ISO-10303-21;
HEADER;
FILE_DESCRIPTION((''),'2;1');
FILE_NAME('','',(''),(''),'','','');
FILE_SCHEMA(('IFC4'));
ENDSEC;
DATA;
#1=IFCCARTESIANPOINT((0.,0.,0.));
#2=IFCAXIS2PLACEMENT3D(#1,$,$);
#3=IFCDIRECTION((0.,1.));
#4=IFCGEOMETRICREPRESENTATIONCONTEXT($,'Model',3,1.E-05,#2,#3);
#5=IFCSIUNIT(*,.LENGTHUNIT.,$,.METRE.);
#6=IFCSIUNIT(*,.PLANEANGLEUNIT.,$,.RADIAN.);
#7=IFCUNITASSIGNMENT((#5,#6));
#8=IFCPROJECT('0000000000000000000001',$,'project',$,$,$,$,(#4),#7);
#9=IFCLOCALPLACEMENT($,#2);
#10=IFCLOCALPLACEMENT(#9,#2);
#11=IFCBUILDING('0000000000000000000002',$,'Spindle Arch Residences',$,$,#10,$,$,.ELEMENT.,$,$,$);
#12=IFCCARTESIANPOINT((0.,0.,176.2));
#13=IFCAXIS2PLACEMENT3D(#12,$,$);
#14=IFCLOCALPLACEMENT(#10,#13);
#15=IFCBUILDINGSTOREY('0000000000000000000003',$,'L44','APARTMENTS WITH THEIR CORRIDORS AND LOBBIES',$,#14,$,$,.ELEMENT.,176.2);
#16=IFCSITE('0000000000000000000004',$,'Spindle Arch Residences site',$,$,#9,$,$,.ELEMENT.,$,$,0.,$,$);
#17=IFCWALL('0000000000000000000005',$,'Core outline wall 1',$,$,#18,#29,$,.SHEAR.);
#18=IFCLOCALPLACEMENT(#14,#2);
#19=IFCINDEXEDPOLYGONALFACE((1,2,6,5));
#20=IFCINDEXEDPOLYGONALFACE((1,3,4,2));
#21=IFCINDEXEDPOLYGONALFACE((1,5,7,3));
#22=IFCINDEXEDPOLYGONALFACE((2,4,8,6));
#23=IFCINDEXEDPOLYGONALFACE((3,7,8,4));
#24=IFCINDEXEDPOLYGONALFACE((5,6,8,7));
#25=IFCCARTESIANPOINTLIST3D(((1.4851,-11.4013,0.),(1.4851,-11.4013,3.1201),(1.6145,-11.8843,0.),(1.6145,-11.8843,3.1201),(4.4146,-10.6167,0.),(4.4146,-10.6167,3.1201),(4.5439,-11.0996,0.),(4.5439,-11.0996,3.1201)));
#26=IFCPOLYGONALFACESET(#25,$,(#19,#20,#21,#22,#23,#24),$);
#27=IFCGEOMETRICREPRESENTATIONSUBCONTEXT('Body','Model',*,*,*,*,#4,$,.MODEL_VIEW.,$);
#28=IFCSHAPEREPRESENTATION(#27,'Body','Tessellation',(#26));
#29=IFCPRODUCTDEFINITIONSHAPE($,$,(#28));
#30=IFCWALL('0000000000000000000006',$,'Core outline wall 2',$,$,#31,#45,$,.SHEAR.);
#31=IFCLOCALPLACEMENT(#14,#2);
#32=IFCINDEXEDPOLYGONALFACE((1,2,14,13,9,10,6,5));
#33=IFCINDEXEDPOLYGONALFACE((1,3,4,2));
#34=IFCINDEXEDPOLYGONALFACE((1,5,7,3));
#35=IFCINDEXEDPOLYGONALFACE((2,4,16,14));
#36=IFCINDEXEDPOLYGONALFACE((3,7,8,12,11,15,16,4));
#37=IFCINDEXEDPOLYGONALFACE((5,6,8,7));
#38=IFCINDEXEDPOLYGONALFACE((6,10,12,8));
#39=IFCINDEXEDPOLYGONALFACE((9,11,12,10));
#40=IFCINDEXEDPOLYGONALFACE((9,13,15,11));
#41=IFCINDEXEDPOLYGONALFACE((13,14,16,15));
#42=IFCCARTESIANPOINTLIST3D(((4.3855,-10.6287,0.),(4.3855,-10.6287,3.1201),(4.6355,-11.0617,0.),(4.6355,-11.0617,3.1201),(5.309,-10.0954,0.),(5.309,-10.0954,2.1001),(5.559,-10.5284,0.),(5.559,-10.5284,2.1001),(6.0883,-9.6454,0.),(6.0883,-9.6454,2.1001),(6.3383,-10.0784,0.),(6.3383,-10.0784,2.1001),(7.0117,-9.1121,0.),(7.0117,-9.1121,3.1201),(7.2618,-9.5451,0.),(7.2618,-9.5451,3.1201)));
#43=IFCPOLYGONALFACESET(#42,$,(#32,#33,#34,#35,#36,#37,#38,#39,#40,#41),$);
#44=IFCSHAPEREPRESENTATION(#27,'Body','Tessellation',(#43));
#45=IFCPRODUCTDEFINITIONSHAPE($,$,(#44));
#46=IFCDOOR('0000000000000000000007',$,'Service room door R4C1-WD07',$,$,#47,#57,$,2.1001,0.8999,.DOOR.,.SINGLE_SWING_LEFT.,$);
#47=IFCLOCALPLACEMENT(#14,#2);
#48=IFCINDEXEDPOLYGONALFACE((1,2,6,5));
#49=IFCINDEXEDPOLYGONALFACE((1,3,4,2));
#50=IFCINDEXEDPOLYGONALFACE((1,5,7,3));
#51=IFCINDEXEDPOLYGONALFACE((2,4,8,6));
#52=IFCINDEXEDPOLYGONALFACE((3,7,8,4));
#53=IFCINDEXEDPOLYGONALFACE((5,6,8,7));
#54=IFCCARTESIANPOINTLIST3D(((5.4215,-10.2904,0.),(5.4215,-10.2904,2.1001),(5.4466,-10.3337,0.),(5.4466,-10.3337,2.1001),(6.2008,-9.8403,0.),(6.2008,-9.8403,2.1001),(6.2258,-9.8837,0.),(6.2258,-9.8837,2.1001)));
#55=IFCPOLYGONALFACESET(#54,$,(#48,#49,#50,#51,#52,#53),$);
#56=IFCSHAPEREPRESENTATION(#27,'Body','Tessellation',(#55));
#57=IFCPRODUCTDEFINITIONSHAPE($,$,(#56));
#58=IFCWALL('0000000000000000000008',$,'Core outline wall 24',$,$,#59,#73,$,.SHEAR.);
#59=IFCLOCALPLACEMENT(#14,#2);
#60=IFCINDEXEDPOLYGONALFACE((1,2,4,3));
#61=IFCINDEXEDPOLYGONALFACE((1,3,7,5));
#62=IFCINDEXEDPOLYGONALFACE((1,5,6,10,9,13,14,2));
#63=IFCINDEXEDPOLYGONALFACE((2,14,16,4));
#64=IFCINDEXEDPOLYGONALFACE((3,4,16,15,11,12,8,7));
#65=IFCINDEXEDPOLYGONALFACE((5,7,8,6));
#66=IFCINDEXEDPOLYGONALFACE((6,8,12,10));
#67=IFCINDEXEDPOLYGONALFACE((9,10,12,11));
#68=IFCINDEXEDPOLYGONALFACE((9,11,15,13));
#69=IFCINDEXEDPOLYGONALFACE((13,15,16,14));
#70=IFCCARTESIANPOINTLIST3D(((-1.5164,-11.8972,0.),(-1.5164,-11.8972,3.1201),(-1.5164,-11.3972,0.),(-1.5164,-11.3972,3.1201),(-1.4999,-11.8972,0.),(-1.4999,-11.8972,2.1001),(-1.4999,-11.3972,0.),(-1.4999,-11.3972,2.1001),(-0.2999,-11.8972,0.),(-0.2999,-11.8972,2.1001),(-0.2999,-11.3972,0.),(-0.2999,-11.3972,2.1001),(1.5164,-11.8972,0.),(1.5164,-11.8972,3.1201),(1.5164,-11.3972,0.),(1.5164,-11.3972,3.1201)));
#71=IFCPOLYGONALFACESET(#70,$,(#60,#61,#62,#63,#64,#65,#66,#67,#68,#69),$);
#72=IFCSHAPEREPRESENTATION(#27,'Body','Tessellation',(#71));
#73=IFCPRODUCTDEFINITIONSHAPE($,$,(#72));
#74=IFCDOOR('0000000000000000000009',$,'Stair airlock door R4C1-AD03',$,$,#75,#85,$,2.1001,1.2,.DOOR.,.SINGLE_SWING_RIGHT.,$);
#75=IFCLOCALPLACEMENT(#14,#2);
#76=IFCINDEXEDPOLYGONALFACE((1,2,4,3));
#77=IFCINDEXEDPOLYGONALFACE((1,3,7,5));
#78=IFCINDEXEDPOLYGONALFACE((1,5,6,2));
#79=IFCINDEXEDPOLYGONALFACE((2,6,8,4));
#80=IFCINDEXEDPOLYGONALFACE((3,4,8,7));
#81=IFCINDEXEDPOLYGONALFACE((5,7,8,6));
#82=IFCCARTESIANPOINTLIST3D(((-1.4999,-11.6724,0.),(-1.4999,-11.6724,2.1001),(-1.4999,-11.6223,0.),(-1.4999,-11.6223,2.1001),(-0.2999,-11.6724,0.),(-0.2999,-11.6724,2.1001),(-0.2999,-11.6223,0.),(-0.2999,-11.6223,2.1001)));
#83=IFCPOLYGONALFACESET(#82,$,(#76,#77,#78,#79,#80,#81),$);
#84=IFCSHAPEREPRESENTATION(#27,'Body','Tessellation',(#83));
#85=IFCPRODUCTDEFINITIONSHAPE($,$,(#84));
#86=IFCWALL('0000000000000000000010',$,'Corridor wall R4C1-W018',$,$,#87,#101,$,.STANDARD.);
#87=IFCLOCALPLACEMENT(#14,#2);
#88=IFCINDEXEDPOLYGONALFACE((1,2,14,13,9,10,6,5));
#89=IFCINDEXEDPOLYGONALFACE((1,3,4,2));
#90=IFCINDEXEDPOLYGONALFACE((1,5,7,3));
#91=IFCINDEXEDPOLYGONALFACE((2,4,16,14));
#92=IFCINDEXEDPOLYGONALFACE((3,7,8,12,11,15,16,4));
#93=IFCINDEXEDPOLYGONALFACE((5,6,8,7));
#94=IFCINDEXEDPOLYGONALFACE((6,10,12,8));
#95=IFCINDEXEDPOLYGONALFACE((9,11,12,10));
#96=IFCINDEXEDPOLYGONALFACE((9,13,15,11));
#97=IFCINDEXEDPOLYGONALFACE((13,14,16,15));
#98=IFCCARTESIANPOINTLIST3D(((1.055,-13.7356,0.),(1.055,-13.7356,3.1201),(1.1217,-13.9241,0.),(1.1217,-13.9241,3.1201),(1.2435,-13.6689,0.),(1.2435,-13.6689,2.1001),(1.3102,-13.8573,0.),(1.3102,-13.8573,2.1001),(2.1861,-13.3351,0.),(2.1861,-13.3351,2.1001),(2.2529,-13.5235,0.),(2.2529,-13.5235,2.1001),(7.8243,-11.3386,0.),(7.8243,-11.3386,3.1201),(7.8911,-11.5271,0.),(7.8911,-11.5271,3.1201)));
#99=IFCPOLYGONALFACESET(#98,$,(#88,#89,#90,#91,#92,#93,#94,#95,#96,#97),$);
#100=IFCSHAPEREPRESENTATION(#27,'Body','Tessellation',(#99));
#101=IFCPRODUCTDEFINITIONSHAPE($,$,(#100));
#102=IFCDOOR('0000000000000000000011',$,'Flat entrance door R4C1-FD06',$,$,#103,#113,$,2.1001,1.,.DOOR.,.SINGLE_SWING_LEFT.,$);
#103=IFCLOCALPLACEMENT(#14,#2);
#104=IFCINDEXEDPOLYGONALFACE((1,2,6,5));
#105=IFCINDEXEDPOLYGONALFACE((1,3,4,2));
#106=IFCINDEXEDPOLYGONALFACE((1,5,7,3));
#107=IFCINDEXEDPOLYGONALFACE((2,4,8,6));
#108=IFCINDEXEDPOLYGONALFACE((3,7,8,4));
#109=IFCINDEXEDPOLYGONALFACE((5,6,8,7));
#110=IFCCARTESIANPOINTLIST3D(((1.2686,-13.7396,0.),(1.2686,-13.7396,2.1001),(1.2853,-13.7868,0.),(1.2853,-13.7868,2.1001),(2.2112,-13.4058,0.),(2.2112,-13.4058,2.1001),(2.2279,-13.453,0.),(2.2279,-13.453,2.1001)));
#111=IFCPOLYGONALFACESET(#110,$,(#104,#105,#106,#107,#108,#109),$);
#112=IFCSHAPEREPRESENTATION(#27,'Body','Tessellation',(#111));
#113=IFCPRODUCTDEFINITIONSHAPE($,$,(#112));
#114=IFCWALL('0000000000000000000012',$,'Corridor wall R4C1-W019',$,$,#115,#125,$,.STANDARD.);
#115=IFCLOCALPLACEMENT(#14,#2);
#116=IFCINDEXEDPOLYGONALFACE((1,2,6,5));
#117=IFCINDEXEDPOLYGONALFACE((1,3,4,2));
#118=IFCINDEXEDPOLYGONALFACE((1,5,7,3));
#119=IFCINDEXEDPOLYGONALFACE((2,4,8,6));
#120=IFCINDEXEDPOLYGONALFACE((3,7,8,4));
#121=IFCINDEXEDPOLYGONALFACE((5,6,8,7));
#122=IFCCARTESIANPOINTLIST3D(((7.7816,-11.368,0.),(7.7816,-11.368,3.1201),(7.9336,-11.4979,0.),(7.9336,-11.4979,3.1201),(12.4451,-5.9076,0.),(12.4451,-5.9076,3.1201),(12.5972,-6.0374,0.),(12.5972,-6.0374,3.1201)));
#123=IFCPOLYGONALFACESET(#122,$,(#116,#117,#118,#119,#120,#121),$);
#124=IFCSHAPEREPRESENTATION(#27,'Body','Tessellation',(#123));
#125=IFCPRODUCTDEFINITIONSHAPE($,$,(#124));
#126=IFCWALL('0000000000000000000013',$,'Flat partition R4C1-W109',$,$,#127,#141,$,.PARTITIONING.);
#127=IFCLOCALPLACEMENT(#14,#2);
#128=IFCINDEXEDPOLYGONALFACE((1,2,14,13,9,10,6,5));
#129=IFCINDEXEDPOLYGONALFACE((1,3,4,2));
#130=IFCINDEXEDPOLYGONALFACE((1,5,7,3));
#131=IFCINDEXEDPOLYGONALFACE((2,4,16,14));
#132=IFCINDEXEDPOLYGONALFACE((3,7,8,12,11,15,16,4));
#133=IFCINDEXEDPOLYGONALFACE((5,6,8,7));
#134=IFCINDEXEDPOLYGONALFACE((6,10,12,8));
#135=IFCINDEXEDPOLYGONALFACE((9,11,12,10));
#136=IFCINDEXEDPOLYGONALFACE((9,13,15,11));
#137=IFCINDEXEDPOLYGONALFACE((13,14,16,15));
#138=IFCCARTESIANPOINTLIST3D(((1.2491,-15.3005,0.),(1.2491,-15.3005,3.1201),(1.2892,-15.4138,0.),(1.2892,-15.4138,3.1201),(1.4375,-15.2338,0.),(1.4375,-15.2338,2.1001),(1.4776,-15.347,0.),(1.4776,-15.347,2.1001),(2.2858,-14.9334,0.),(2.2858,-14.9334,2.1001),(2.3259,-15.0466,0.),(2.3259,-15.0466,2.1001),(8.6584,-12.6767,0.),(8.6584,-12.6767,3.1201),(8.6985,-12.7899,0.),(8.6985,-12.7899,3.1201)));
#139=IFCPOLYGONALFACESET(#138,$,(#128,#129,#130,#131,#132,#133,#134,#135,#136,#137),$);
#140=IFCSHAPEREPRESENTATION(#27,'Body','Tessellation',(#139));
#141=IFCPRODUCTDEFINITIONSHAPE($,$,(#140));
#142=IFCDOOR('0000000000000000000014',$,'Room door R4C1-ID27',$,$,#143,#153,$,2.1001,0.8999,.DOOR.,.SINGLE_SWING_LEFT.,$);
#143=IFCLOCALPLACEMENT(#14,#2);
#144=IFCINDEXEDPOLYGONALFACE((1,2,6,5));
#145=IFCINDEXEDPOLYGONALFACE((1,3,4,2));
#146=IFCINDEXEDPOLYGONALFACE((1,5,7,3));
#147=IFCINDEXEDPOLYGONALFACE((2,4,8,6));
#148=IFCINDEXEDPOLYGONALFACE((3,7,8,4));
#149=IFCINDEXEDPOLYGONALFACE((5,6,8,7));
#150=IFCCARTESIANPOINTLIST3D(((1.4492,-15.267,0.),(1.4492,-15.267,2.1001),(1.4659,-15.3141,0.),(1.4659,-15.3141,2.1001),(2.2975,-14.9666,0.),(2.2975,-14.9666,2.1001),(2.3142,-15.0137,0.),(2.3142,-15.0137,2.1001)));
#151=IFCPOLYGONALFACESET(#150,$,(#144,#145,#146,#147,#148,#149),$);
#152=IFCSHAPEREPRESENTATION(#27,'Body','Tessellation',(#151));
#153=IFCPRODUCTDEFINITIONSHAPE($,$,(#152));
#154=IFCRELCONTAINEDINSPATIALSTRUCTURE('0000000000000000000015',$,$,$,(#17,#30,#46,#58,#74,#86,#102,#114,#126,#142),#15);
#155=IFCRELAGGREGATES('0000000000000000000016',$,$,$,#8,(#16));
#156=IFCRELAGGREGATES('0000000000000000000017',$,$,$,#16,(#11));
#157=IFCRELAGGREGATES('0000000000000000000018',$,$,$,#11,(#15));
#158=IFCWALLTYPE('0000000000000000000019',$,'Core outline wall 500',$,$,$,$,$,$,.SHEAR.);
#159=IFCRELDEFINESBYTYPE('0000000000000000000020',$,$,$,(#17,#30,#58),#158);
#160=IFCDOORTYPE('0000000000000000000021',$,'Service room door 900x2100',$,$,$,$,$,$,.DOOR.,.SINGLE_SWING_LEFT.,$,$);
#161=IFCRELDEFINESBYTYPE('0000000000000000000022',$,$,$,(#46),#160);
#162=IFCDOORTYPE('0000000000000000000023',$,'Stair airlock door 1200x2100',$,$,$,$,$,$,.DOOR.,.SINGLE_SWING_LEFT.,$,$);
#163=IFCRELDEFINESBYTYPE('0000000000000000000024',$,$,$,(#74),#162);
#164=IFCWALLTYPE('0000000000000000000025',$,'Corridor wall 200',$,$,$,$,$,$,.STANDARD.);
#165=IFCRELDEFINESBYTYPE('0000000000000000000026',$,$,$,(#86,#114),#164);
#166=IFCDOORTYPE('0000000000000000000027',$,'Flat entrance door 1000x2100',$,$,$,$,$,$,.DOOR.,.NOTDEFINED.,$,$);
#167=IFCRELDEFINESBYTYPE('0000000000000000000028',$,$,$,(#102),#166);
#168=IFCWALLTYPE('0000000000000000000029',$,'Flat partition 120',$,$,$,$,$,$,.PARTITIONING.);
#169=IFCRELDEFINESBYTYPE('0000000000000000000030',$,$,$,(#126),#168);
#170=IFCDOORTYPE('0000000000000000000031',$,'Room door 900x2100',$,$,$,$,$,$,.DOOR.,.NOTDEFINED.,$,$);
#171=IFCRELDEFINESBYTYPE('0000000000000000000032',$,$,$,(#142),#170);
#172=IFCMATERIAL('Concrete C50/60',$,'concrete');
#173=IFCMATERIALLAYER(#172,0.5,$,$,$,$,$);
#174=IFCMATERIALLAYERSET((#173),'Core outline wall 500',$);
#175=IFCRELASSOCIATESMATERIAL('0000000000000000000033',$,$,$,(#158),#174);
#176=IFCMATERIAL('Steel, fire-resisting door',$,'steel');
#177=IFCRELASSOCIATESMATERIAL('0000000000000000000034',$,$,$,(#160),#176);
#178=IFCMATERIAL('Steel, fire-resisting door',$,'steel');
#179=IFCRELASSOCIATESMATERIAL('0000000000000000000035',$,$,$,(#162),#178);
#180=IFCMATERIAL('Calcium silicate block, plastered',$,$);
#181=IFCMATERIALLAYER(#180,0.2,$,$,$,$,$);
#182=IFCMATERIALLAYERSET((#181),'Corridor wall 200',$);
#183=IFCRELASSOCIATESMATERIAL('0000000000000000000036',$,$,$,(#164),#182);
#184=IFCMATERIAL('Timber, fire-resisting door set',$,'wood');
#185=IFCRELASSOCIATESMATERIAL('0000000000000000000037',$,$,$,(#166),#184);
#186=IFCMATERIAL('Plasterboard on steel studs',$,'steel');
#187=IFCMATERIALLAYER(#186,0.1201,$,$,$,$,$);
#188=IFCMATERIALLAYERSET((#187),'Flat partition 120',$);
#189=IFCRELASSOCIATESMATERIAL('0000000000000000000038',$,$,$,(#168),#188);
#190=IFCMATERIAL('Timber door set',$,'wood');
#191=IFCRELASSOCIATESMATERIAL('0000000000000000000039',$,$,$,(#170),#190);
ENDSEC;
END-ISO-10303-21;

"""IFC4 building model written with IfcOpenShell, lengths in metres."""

from ifc_helpers import new_model, si_unit, direction, frame, frame_2d, origin, place, context, subcontext, project, spatial, rectangle, extrude, material, layer, layer_set, type_object, element, fill, save


model = new_model("IFC4")

# Units and contexts
model_context = context("Model", 3, precision=1e-05, world=origin(), true_north=direction((0.0, 1.0)))
body_context = subcontext(model_context, "Body", "Model", "MODEL_VIEW")
ifc_project = project(units=[si_unit("LENGTHUNIT", "METRE"), si_unit("PLANEANGLEUNIT", "RADIAN")], contexts=[model_context])

# Site, building, storey
site_placement = place(None, origin())
site = spatial("IfcSite", under=ifc_project, at=site_placement, Name="Spindle Arch Residences site", CompositionType="ELEMENT", RefElevation=0.0)
building_placement = place(site_placement, origin())
building = spatial("IfcBuilding", under=site, at=building_placement, Name="Spindle Arch Residences", CompositionType="ELEMENT")
storey_placement = place(building_placement, frame((0.0, 0.0, 176.2)))
storey = spatial("IfcBuildingStorey", under=building, at=storey_placement, Name="L44", Description="APARTMENTS WITH THEIR CORRIDORS AND LOBBIES", CompositionType="ELEMENT", Elevation=176.2)

# Wall
ifc_material_1 = material(Name="Concrete C50/60", Category="concrete")
ifc_layer_1 = layer(ifc_material_1, 0.5)
ifc_layer_set_1 = layer_set([ifc_layer_1], Name="Core outline wall 500")
wall_type_1 = type_object("IfcWallType", Name="Core outline wall 500", PredefinedType="SHEAR", material=ifc_layer_set_1)
wall_1_placement = place(storey_placement, frame((1.5498, -11.6428, 0.0), z_axis=(0.0, 0.0, 1.0), x_axis=(0.965948, 0.258735, 0.0)))
element("IfcWall", 1, at=wall_1_placement, inside=storey, type_object=wall_type_1, Name="Core outline wall 1", PredefinedType="SHEAR", context=body_context, shape_type="SweptSolid", body=[
    extrude(rectangle(XDim=3.0327, YDim=0.5, at=frame_2d((1.5164, 0.0))), origin(), (0.0, 0.0, 1.0), 3.1201),
])

# Walls, openings, doors
wall_2_placement = place(storey_placement, frame((4.5105, -10.8452, 0.0), z_axis=(0.0, 0.0, 1.0), x_axis=(0.865975, 0.500087, 0.0)))
wall_2 = element("IfcWall", 2, at=wall_2_placement, inside=storey, type_object=wall_type_1, Name="Core outline wall 2", PredefinedType="SHEAR", context=body_context, shape_type="SweptSolid", body=[
    extrude(rectangle(XDim=3.0327, YDim=0.5, at=frame_2d((1.5164, 0.0))), origin(), (0.0, 0.0, 1.0), 3.1201),
])
opening_1_placement = place(wall_2_placement, frame((1.0664, 0.0, 0.0)))
opening_1 = element("IfcOpeningElement", 3, at=opening_1_placement, cuts=wall_2, PredefinedType="OPENING", context=body_context, shape_type="SweptSolid", body=[
    extrude(rectangle(XDim=0.8999, YDim=2.1001, at=frame_2d((0.45, 1.05))), frame((0.0, 0.26, 0.0), z_axis=(0.0, -1.0, 0.0), x_axis=(1.0, 0.0, 0.0)), (0.0, 0.0, 1.0), 0.52),
])
ifc_material_2 = material(Name="Steel, fire-resisting door", Category="steel")
door_type_1 = type_object("IfcDoorType", Name="Service room door 900x2100", OperationType="SINGLE_SWING_LEFT", PredefinedType="DOOR", material=ifc_material_2)
door_1_placement = place(opening_1_placement, origin())
door_1 = element("IfcDoor", 4, at=door_1_placement, inside=storey, type_object=door_type_1, Name="Service room door R4C1-WD07", OperationType="SINGLE_SWING_LEFT", OverallHeight=2.1001, OverallWidth=0.8999, PredefinedType="DOOR", context=body_context, shape_type="SweptSolid", body=[
    extrude(rectangle(XDim=0.8999, YDim=2.1001, at=frame_2d((0.45, 1.05))), frame((0.0, 0.0249, 0.0), z_axis=(0.0, -1.0, 0.0), x_axis=(1.0, 0.0, 0.0)), (0.0, 0.0, 1.0), 0.05),
])
fill(opening_1, door_1)
wall_3_placement = place(storey_placement, frame((-1.5164, -11.6472, 0.0), z_axis=(0.0, 0.0, 1.0), x_axis=(1.0, 0.0, 0.0)))
wall_3 = element("IfcWall", 5, at=wall_3_placement, inside=storey, type_object=wall_type_1, Name="Core outline wall 24", PredefinedType="SHEAR", context=body_context, shape_type="SweptSolid", body=[
    extrude(rectangle(XDim=3.0327, YDim=0.5, at=frame_2d((1.5164, 0.0))), origin(), (0.0, 0.0, 1.0), 3.1201),
])
opening_2_placement = place(wall_3_placement, frame((0.0164, 0.0, 0.0)))
opening_2 = element("IfcOpeningElement", 6, at=opening_2_placement, cuts=wall_3, PredefinedType="OPENING", context=body_context, shape_type="SweptSolid", body=[
    extrude(rectangle(XDim=1.2, YDim=2.1001, at=frame_2d((0.6001, 1.05))), frame((0.0, 0.26, 0.0), z_axis=(0.0, -1.0, 0.0), x_axis=(1.0, 0.0, 0.0)), (0.0, 0.0, 1.0), 0.52),
])
ifc_material_3 = material(Name="Steel, fire-resisting door", Category="steel")
door_type_2 = type_object("IfcDoorType", Name="Stair airlock door 1200x2100", OperationType="SINGLE_SWING_LEFT", PredefinedType="DOOR", material=ifc_material_3)
door_2_placement = place(opening_2_placement, origin())
door_2 = element("IfcDoor", 7, at=door_2_placement, inside=storey, type_object=door_type_2, Name="Stair airlock door R4C1-AD03", OperationType="SINGLE_SWING_RIGHT", OverallHeight=2.1001, OverallWidth=1.2, PredefinedType="DOOR", context=body_context, shape_type="SweptSolid", body=[
    extrude(rectangle(XDim=1.2, YDim=2.1001, at=frame_2d((0.6001, 1.05))), frame((0.0, 0.0249, 0.0), z_axis=(0.0, -1.0, 0.0), x_axis=(1.0, 0.0, 0.0)), (0.0, 0.0, 1.0), 0.05),
])
fill(opening_2, door_2)
ifc_material_4 = material(Name="Calcium silicate block, plastered")
ifc_layer_2 = layer(ifc_material_4, 0.2)
ifc_layer_set_2 = layer_set([ifc_layer_2], Name="Corridor wall 200")
wall_type_2 = type_object("IfcWallType", Name="Corridor wall 200", PredefinedType="STANDARD", material=ifc_layer_set_2)
wall_4_placement = place(storey_placement, frame((1.0884, -13.8298, 0.0), z_axis=(0.0, 0.0, 1.0), x_axis=(0.942648, 0.333787, 0.0)))
wall_4 = element("IfcWall", 8, at=wall_4_placement, inside=storey, type_object=wall_type_2, Name="Corridor wall R4C1-W018", PredefinedType="STANDARD", context=body_context, shape_type="SweptSolid", body=[
    extrude(rectangle(XDim=7.1812, YDim=0.2, at=frame_2d((3.5906, 0.0))), origin(), (0.0, 0.0, 1.0), 3.1201),
])
opening_3_placement = place(wall_4_placement, frame((0.2, 0.0, 0.0)))
opening_3 = element("IfcOpeningElement", 9, at=opening_3_placement, cuts=wall_4, PredefinedType="OPENING", context=body_context, shape_type="SweptSolid", body=[
    extrude(rectangle(XDim=1.0, YDim=2.1001, at=frame_2d((0.5, 1.05))), frame((0.0, 0.1099, 0.0), z_axis=(0.0, -1.0, 0.0), x_axis=(1.0, 0.0, 0.0)), (0.0, 0.0, 1.0), 0.22),
])
ifc_material_5 = material(Name="Timber, fire-resisting door set", Category="wood")
door_type_3 = type_object("IfcDoorType", Name="Flat entrance door 1000x2100", OperationType="NOTDEFINED", PredefinedType="DOOR", material=ifc_material_5)
door_3_placement = place(opening_3_placement, origin())
door_3 = element("IfcDoor", 10, at=door_3_placement, inside=storey, type_object=door_type_3, Name="Flat entrance door R4C1-FD06", OperationType="SINGLE_SWING_LEFT", OverallHeight=2.1001, OverallWidth=1.0, PredefinedType="DOOR", context=body_context, shape_type="SweptSolid", body=[
    extrude(rectangle(XDim=1.0, YDim=2.1001, at=frame_2d((0.5, 1.05))), frame((0.0, 0.0249, 0.0), z_axis=(0.0, -1.0, 0.0), x_axis=(1.0, 0.0, 0.0)), (0.0, 0.0, 1.0), 0.05),
])
fill(opening_3, door_3)

# Wall
wall_5_placement = place(storey_placement, frame((7.8577, -11.4329, 0.0), z_axis=(0.0, 0.0, 1.0), x_axis=(0.649441, 0.760412, 0.0)))
element("IfcWall", 11, at=wall_5_placement, inside=storey, type_object=wall_type_2, Name="Corridor wall R4C1-W019", PredefinedType="STANDARD", context=body_context, shape_type="SweptSolid", body=[
    extrude(rectangle(XDim=7.1809, YDim=0.2, at=frame_2d((3.5903, 0.0))), origin(), (0.0, 0.0, 1.0), 3.1201),
])

# Wall, opening, door
ifc_material_6 = material(Name="Plasterboard on steel studs", Category="steel")
ifc_layer_3 = layer(ifc_material_6, 0.1201)
ifc_layer_set_3 = layer_set([ifc_layer_3], Name="Flat partition 120")
wall_type_3 = type_object("IfcWallType", Name="Flat partition 120", PredefinedType="PARTITIONING", material=ifc_layer_set_3)
wall_6_placement = place(storey_placement, frame((1.269, -15.3572, 0.0), z_axis=(0.0, 0.0, 1.0), x_axis=(0.942639, 0.333813, 0.0)))
wall_6 = element("IfcWall", 12, at=wall_6_placement, inside=storey, type_object=wall_type_3, Name="Flat partition R4C1-W109", PredefinedType="PARTITIONING", context=body_context, shape_type="SweptSolid", body=[
    extrude(rectangle(XDim=7.8601, YDim=0.1201, at=frame_2d((3.9302, 0.0))), origin(), (0.0, 0.0, 1.0), 3.1201),
])
opening_4_placement = place(wall_6_placement, frame((0.2, 0.0, 0.0)))
opening_4 = element("IfcOpeningElement", 13, at=opening_4_placement, cuts=wall_6, PredefinedType="OPENING", context=body_context, shape_type="SweptSolid", body=[
    extrude(rectangle(XDim=0.8999, YDim=2.1001, at=frame_2d((0.45, 1.05))), frame((0.0, 0.0701, 0.0), z_axis=(0.0, -1.0, 0.0), x_axis=(1.0, 0.0, 0.0)), (0.0, 0.0, 1.0), 0.1401),
])
ifc_material_7 = material(Name="Timber door set", Category="wood")
door_type_4 = type_object("IfcDoorType", Name="Room door 900x2100", OperationType="NOTDEFINED", PredefinedType="DOOR", material=ifc_material_7)
door_4_placement = place(opening_4_placement, origin())
door_4 = element("IfcDoor", 14, at=door_4_placement, inside=storey, type_object=door_type_4, Name="Room door R4C1-ID27", OperationType="SINGLE_SWING_LEFT", OverallHeight=2.1001, OverallWidth=0.8999, PredefinedType="DOOR", context=body_context, shape_type="SweptSolid", body=[
    extrude(rectangle(XDim=0.8999, YDim=2.1001, at=frame_2d((0.45, 1.05))), frame((0.0, 0.0249, 0.0), z_axis=(0.0, -1.0, 0.0), x_axis=(1.0, 0.0, 0.0)), (0.0, 0.0, 1.0), 0.05),
])
fill(opening_4, door_4)

save(model, "model.ifc")
